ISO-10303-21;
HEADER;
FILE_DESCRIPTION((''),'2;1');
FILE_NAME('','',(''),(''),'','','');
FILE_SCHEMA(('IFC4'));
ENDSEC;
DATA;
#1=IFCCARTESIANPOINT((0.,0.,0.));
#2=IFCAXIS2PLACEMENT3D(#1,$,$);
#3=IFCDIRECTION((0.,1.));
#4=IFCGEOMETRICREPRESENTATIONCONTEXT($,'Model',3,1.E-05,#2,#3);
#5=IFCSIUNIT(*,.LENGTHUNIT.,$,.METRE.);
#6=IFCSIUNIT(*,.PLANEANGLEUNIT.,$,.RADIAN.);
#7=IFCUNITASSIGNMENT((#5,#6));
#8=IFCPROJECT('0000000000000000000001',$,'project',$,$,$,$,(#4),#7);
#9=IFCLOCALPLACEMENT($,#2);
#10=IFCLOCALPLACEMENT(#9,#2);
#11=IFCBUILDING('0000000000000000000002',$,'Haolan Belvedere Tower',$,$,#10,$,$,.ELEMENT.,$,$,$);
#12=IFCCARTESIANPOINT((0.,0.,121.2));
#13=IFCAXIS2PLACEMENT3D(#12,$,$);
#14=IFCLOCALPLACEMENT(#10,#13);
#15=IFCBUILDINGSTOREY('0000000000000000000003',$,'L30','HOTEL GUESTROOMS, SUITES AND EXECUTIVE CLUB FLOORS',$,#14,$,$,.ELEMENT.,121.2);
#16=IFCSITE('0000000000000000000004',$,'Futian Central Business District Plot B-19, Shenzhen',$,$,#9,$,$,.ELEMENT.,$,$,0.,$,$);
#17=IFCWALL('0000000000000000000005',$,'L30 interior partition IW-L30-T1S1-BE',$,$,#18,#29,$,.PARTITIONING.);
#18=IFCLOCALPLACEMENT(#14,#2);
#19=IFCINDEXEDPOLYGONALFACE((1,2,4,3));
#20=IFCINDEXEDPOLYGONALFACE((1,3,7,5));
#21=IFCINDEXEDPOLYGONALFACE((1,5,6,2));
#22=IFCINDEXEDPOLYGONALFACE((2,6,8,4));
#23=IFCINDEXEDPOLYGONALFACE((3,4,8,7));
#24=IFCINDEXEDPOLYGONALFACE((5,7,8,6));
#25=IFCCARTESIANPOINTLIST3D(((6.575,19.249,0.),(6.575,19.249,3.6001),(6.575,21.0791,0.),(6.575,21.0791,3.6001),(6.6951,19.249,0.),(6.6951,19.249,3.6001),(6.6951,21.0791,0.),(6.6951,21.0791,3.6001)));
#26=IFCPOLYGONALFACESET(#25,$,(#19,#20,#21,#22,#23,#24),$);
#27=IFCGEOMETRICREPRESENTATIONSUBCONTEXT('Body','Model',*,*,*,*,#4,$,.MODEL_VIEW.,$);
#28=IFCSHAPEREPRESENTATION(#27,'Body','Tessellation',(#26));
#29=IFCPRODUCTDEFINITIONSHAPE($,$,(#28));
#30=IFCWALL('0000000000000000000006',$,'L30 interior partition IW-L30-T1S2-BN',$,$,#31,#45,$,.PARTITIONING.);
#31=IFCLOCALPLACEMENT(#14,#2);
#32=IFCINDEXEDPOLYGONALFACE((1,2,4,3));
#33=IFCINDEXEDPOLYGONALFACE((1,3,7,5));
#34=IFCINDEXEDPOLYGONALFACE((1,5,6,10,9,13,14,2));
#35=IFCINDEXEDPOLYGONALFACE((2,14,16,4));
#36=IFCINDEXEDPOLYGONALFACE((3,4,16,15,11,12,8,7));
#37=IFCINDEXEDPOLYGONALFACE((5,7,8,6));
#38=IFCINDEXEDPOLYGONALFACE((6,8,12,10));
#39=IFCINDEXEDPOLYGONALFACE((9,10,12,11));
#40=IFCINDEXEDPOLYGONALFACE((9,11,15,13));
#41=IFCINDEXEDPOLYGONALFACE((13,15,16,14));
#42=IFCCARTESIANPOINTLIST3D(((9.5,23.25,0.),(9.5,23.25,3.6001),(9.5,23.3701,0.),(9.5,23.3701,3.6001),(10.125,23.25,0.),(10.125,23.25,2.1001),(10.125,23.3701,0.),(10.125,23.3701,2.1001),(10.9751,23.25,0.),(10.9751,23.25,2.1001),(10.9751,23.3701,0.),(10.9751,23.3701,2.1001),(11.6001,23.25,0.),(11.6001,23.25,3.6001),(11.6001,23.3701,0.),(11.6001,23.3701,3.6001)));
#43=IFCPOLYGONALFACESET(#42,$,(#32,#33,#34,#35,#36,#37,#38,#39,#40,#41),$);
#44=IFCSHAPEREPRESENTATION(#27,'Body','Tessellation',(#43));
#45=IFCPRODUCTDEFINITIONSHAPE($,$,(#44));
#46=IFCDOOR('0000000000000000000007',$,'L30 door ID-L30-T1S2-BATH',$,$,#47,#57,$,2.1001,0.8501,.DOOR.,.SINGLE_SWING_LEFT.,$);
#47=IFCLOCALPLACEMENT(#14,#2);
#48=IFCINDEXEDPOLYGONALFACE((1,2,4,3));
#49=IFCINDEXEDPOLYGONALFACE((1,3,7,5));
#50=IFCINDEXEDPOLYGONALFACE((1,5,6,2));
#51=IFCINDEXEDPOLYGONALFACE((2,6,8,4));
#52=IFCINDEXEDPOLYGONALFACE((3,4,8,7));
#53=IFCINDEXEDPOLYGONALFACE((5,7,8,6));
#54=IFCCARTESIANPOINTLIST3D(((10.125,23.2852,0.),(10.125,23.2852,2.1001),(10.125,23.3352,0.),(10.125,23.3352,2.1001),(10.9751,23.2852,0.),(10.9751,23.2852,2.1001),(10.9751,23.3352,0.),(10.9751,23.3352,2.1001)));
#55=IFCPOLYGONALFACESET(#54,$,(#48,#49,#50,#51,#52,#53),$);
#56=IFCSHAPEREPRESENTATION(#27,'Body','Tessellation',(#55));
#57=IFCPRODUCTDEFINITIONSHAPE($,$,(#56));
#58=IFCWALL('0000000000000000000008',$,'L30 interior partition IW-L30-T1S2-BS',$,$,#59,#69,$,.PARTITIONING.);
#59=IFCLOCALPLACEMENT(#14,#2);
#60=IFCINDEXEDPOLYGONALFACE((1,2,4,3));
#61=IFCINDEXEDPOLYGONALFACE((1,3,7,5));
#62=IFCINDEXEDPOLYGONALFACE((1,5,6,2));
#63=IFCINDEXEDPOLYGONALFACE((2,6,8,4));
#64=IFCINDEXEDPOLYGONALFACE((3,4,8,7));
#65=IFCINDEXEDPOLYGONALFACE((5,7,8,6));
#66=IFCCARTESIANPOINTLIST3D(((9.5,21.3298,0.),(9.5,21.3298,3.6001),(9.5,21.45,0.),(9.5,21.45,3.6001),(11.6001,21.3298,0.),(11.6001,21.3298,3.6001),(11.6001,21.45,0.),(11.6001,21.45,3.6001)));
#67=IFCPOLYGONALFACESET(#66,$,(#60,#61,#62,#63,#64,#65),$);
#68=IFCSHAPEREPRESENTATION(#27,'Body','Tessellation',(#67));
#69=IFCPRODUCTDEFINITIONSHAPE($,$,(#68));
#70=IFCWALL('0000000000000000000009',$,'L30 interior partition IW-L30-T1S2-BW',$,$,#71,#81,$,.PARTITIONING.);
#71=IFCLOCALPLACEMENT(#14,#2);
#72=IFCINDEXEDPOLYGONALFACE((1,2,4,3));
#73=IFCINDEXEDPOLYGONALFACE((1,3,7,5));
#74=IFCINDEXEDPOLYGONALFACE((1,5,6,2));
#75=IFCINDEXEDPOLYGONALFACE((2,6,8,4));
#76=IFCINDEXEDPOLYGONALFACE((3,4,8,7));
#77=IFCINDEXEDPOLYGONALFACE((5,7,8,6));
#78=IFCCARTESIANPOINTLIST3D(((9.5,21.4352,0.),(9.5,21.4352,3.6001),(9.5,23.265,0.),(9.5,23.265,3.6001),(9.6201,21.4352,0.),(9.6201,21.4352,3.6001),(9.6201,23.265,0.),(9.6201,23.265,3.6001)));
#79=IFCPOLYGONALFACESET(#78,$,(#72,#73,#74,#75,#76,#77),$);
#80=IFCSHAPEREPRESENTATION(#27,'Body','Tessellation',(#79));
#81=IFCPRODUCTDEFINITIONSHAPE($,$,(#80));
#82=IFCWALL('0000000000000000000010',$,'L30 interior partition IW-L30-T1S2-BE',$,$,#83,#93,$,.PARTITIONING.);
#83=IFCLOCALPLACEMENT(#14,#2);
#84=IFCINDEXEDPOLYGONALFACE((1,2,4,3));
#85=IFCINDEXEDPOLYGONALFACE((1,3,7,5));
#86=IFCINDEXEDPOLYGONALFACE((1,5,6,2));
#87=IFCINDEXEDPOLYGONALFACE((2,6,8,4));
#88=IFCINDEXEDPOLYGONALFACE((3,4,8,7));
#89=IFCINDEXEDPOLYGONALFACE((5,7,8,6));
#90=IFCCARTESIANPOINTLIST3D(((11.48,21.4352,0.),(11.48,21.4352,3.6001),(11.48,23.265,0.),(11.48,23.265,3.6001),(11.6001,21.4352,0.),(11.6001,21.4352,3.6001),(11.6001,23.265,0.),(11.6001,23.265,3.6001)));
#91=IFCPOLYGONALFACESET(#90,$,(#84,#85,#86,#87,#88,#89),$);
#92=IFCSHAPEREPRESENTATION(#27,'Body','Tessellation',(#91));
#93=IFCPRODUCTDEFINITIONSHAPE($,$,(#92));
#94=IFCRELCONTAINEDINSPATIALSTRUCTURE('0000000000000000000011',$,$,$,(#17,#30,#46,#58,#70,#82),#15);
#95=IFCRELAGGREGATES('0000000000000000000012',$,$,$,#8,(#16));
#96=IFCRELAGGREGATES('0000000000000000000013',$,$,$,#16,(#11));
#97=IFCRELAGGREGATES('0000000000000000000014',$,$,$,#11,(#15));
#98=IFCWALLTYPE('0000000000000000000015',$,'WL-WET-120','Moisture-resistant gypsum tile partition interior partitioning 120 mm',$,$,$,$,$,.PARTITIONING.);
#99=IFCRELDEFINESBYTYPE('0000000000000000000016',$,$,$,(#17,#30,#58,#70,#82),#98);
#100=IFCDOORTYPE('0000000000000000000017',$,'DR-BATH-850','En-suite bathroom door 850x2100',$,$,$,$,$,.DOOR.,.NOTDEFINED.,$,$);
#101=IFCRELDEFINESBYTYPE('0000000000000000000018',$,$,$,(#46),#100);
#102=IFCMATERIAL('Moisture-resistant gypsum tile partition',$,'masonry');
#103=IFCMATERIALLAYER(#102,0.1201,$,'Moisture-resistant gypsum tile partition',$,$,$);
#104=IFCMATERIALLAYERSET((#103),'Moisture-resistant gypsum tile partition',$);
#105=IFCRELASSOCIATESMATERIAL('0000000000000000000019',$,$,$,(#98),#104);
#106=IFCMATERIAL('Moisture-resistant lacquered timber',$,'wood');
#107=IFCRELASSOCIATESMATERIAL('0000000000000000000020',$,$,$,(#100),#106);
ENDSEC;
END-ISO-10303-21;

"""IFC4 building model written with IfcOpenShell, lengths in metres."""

from ifc_helpers import new_model, si_unit, direction, frame, frame_2d, origin, place, context, subcontext, project, spatial, rectangle, extrude, material, layer, layer_set, type_object, element, fill, save


model = new_model("IFC4")

# Units and contexts
model_context = context("Model", 3, precision=1e-05, world=origin(), true_north=direction((0.0, 1.0)))
body_context = subcontext(model_context, "Body", "Model", "MODEL_VIEW")
ifc_project = project(units=[si_unit("LENGTHUNIT", "METRE"), si_unit("PLANEANGLEUNIT", "RADIAN")], contexts=[model_context])

# Site, building, storey
site_placement = place(None, origin())
site = spatial("IfcSite", under=ifc_project, at=site_placement, Name="Futian Central Business District Plot B-19, Shenzhen", CompositionType="ELEMENT", RefElevation=0.0)
building_placement = place(site_placement, origin())
building = spatial("IfcBuilding", under=site, at=building_placement, Name="Haolan Belvedere Tower", CompositionType="ELEMENT")
storey_placement = place(building_placement, frame((0.0, 0.0, 121.2)))
storey = spatial("IfcBuildingStorey", under=building, at=storey_placement, Name="L30", Description="HOTEL GUESTROOMS, SUITES AND EXECUTIVE CLUB FLOORS", CompositionType="ELEMENT", Elevation=121.2)

# Shared definitions
ifc_material_1 = material(Name="Moisture-resistant gypsum tile partition", Category="masonry")
ifc_layer_1 = layer(ifc_material_1, 0.1201, Name="Moisture-resistant gypsum tile partition")
ifc_layer_set_1 = layer_set([ifc_layer_1], Name="Moisture-resistant gypsum tile partition")
wall_type_1 = type_object("IfcWallType", Name="WL-WET-120", Description="Moisture-resistant gypsum tile partition interior partitioning 120 mm", PredefinedType="PARTITIONING", material=ifc_layer_set_1)
ifc_material_2 = material(Name="Moisture-resistant lacquered timber", Category="wood")
door_type_1 = type_object("IfcDoorType", Name="DR-BATH-850", Description="En-suite bathroom door 850x2100", OperationType="NOTDEFINED", PredefinedType="DOOR", material=ifc_material_2)

# Wall
for number, where, z_axis, x_axis, name in (
    (1, (6.635, 19.249, 0.0), (0.0, 0.0, 1.0), (0.0, 1.0, 0.0), "L30 interior partition IW-L30-T1S1-BE"),
):
    element("IfcWall", number, at=place(storey_placement, frame(where, z_axis=z_axis, x_axis=x_axis)), inside=storey, type_object=wall_type_1, Name=name, PredefinedType="PARTITIONING", context=body_context, shape_type="SweptSolid", body=[
        extrude(rectangle(XDim=1.8301, YDim=0.1201, at=frame_2d((0.915, 0.0))), origin(), (0.0, 0.0, 1.0), 3.6001),
    ])

# Wall, opening, door
wall_1_placement = place(storey_placement, frame((9.5, 23.3101, 0.0), z_axis=(0.0, 0.0, 1.0), x_axis=(1.0, 0.0, 0.0)))
wall_1 = element("IfcWall", 2, at=wall_1_placement, inside=storey, type_object=wall_type_1, Name="L30 interior partition IW-L30-T1S2-BN", PredefinedType="PARTITIONING", context=body_context, shape_type="SweptSolid", body=[
    extrude(rectangle(XDim=2.1001, YDim=0.1201, at=frame_2d((1.05, 0.0))), origin(), (0.0, 0.0, 1.0), 3.6001),
])
opening_1_placement = place(wall_1_placement, frame((1.4751, 0.0, 0.0), z_axis=(0.0, 0.0, 1.0), x_axis=(-1.0, 0.0, 0.0)))
opening_1 = element("IfcOpeningElement", 3, at=opening_1_placement, cuts=wall_1, PredefinedType="OPENING", context=body_context, shape_type="SweptSolid", body=[
    extrude(rectangle(XDim=0.8501, YDim=2.1001, at=frame_2d((0.425, 1.05))), frame((0.0, 0.0701, 0.0), z_axis=(0.0, -1.0, 0.0), x_axis=(1.0, 0.0, 0.0)), (0.0, 0.0, 1.0), 0.1401),
])
door_1_placement = place(opening_1_placement, origin())
door_1 = element("IfcDoor", 4, at=door_1_placement, inside=storey, type_object=door_type_1, Name="L30 door ID-L30-T1S2-BATH", OperationType="SINGLE_SWING_LEFT", OverallHeight=2.1001, OverallWidth=0.8501, PredefinedType="DOOR", context=body_context, shape_type="SweptSolid", body=[
    extrude(rectangle(XDim=0.8501, YDim=2.1001, at=frame_2d((0.425, 1.05))), frame((0.0, 0.0249, 0.0), z_axis=(0.0, -1.0, 0.0), x_axis=(1.0, 0.0, 0.0)), (0.0, 0.0, 1.0), 0.05),
])
fill(opening_1, door_1)

# Walls
wall_2_placement = place(storey_placement, frame((9.5, 21.3899, 0.0), z_axis=(0.0, 0.0, 1.0), x_axis=(1.0, 0.0, 0.0)))
element("IfcWall", 5, at=wall_2_placement, inside=storey, type_object=wall_type_1, Name="L30 interior partition IW-L30-T1S2-BS", PredefinedType="PARTITIONING", context=body_context, shape_type="SweptSolid", body=[
    extrude(rectangle(XDim=2.1001, YDim=0.1201, at=frame_2d((1.05, 0.0))), origin(), (0.0, 0.0, 1.0), 3.6001),
])
for number, where, z_axis, x_axis, name in (
    (6, (9.5601, 21.4351, 0.0), (0.0, 0.0, 1.0), (0.0, 1.0, 0.0), "L30 interior partition IW-L30-T1S2-BW"),
    (7, (11.54, 21.4351, 0.0), (0.0, 0.0, 1.0), (0.0, 1.0, 0.0), "L30 interior partition IW-L30-T1S2-BE"),
):
    element("IfcWall", number, at=place(storey_placement, frame(where, z_axis=z_axis, x_axis=x_axis)), inside=storey, type_object=wall_type_1, Name=name, PredefinedType="PARTITIONING", context=body_context, shape_type="SweptSolid", body=[
        extrude(rectangle(XDim=1.8298, YDim=0.1201, at=frame_2d((0.915, 0.0))), origin(), (0.0, 0.0, 1.0), 3.6001),
    ])

save(model, "model.ifc")
